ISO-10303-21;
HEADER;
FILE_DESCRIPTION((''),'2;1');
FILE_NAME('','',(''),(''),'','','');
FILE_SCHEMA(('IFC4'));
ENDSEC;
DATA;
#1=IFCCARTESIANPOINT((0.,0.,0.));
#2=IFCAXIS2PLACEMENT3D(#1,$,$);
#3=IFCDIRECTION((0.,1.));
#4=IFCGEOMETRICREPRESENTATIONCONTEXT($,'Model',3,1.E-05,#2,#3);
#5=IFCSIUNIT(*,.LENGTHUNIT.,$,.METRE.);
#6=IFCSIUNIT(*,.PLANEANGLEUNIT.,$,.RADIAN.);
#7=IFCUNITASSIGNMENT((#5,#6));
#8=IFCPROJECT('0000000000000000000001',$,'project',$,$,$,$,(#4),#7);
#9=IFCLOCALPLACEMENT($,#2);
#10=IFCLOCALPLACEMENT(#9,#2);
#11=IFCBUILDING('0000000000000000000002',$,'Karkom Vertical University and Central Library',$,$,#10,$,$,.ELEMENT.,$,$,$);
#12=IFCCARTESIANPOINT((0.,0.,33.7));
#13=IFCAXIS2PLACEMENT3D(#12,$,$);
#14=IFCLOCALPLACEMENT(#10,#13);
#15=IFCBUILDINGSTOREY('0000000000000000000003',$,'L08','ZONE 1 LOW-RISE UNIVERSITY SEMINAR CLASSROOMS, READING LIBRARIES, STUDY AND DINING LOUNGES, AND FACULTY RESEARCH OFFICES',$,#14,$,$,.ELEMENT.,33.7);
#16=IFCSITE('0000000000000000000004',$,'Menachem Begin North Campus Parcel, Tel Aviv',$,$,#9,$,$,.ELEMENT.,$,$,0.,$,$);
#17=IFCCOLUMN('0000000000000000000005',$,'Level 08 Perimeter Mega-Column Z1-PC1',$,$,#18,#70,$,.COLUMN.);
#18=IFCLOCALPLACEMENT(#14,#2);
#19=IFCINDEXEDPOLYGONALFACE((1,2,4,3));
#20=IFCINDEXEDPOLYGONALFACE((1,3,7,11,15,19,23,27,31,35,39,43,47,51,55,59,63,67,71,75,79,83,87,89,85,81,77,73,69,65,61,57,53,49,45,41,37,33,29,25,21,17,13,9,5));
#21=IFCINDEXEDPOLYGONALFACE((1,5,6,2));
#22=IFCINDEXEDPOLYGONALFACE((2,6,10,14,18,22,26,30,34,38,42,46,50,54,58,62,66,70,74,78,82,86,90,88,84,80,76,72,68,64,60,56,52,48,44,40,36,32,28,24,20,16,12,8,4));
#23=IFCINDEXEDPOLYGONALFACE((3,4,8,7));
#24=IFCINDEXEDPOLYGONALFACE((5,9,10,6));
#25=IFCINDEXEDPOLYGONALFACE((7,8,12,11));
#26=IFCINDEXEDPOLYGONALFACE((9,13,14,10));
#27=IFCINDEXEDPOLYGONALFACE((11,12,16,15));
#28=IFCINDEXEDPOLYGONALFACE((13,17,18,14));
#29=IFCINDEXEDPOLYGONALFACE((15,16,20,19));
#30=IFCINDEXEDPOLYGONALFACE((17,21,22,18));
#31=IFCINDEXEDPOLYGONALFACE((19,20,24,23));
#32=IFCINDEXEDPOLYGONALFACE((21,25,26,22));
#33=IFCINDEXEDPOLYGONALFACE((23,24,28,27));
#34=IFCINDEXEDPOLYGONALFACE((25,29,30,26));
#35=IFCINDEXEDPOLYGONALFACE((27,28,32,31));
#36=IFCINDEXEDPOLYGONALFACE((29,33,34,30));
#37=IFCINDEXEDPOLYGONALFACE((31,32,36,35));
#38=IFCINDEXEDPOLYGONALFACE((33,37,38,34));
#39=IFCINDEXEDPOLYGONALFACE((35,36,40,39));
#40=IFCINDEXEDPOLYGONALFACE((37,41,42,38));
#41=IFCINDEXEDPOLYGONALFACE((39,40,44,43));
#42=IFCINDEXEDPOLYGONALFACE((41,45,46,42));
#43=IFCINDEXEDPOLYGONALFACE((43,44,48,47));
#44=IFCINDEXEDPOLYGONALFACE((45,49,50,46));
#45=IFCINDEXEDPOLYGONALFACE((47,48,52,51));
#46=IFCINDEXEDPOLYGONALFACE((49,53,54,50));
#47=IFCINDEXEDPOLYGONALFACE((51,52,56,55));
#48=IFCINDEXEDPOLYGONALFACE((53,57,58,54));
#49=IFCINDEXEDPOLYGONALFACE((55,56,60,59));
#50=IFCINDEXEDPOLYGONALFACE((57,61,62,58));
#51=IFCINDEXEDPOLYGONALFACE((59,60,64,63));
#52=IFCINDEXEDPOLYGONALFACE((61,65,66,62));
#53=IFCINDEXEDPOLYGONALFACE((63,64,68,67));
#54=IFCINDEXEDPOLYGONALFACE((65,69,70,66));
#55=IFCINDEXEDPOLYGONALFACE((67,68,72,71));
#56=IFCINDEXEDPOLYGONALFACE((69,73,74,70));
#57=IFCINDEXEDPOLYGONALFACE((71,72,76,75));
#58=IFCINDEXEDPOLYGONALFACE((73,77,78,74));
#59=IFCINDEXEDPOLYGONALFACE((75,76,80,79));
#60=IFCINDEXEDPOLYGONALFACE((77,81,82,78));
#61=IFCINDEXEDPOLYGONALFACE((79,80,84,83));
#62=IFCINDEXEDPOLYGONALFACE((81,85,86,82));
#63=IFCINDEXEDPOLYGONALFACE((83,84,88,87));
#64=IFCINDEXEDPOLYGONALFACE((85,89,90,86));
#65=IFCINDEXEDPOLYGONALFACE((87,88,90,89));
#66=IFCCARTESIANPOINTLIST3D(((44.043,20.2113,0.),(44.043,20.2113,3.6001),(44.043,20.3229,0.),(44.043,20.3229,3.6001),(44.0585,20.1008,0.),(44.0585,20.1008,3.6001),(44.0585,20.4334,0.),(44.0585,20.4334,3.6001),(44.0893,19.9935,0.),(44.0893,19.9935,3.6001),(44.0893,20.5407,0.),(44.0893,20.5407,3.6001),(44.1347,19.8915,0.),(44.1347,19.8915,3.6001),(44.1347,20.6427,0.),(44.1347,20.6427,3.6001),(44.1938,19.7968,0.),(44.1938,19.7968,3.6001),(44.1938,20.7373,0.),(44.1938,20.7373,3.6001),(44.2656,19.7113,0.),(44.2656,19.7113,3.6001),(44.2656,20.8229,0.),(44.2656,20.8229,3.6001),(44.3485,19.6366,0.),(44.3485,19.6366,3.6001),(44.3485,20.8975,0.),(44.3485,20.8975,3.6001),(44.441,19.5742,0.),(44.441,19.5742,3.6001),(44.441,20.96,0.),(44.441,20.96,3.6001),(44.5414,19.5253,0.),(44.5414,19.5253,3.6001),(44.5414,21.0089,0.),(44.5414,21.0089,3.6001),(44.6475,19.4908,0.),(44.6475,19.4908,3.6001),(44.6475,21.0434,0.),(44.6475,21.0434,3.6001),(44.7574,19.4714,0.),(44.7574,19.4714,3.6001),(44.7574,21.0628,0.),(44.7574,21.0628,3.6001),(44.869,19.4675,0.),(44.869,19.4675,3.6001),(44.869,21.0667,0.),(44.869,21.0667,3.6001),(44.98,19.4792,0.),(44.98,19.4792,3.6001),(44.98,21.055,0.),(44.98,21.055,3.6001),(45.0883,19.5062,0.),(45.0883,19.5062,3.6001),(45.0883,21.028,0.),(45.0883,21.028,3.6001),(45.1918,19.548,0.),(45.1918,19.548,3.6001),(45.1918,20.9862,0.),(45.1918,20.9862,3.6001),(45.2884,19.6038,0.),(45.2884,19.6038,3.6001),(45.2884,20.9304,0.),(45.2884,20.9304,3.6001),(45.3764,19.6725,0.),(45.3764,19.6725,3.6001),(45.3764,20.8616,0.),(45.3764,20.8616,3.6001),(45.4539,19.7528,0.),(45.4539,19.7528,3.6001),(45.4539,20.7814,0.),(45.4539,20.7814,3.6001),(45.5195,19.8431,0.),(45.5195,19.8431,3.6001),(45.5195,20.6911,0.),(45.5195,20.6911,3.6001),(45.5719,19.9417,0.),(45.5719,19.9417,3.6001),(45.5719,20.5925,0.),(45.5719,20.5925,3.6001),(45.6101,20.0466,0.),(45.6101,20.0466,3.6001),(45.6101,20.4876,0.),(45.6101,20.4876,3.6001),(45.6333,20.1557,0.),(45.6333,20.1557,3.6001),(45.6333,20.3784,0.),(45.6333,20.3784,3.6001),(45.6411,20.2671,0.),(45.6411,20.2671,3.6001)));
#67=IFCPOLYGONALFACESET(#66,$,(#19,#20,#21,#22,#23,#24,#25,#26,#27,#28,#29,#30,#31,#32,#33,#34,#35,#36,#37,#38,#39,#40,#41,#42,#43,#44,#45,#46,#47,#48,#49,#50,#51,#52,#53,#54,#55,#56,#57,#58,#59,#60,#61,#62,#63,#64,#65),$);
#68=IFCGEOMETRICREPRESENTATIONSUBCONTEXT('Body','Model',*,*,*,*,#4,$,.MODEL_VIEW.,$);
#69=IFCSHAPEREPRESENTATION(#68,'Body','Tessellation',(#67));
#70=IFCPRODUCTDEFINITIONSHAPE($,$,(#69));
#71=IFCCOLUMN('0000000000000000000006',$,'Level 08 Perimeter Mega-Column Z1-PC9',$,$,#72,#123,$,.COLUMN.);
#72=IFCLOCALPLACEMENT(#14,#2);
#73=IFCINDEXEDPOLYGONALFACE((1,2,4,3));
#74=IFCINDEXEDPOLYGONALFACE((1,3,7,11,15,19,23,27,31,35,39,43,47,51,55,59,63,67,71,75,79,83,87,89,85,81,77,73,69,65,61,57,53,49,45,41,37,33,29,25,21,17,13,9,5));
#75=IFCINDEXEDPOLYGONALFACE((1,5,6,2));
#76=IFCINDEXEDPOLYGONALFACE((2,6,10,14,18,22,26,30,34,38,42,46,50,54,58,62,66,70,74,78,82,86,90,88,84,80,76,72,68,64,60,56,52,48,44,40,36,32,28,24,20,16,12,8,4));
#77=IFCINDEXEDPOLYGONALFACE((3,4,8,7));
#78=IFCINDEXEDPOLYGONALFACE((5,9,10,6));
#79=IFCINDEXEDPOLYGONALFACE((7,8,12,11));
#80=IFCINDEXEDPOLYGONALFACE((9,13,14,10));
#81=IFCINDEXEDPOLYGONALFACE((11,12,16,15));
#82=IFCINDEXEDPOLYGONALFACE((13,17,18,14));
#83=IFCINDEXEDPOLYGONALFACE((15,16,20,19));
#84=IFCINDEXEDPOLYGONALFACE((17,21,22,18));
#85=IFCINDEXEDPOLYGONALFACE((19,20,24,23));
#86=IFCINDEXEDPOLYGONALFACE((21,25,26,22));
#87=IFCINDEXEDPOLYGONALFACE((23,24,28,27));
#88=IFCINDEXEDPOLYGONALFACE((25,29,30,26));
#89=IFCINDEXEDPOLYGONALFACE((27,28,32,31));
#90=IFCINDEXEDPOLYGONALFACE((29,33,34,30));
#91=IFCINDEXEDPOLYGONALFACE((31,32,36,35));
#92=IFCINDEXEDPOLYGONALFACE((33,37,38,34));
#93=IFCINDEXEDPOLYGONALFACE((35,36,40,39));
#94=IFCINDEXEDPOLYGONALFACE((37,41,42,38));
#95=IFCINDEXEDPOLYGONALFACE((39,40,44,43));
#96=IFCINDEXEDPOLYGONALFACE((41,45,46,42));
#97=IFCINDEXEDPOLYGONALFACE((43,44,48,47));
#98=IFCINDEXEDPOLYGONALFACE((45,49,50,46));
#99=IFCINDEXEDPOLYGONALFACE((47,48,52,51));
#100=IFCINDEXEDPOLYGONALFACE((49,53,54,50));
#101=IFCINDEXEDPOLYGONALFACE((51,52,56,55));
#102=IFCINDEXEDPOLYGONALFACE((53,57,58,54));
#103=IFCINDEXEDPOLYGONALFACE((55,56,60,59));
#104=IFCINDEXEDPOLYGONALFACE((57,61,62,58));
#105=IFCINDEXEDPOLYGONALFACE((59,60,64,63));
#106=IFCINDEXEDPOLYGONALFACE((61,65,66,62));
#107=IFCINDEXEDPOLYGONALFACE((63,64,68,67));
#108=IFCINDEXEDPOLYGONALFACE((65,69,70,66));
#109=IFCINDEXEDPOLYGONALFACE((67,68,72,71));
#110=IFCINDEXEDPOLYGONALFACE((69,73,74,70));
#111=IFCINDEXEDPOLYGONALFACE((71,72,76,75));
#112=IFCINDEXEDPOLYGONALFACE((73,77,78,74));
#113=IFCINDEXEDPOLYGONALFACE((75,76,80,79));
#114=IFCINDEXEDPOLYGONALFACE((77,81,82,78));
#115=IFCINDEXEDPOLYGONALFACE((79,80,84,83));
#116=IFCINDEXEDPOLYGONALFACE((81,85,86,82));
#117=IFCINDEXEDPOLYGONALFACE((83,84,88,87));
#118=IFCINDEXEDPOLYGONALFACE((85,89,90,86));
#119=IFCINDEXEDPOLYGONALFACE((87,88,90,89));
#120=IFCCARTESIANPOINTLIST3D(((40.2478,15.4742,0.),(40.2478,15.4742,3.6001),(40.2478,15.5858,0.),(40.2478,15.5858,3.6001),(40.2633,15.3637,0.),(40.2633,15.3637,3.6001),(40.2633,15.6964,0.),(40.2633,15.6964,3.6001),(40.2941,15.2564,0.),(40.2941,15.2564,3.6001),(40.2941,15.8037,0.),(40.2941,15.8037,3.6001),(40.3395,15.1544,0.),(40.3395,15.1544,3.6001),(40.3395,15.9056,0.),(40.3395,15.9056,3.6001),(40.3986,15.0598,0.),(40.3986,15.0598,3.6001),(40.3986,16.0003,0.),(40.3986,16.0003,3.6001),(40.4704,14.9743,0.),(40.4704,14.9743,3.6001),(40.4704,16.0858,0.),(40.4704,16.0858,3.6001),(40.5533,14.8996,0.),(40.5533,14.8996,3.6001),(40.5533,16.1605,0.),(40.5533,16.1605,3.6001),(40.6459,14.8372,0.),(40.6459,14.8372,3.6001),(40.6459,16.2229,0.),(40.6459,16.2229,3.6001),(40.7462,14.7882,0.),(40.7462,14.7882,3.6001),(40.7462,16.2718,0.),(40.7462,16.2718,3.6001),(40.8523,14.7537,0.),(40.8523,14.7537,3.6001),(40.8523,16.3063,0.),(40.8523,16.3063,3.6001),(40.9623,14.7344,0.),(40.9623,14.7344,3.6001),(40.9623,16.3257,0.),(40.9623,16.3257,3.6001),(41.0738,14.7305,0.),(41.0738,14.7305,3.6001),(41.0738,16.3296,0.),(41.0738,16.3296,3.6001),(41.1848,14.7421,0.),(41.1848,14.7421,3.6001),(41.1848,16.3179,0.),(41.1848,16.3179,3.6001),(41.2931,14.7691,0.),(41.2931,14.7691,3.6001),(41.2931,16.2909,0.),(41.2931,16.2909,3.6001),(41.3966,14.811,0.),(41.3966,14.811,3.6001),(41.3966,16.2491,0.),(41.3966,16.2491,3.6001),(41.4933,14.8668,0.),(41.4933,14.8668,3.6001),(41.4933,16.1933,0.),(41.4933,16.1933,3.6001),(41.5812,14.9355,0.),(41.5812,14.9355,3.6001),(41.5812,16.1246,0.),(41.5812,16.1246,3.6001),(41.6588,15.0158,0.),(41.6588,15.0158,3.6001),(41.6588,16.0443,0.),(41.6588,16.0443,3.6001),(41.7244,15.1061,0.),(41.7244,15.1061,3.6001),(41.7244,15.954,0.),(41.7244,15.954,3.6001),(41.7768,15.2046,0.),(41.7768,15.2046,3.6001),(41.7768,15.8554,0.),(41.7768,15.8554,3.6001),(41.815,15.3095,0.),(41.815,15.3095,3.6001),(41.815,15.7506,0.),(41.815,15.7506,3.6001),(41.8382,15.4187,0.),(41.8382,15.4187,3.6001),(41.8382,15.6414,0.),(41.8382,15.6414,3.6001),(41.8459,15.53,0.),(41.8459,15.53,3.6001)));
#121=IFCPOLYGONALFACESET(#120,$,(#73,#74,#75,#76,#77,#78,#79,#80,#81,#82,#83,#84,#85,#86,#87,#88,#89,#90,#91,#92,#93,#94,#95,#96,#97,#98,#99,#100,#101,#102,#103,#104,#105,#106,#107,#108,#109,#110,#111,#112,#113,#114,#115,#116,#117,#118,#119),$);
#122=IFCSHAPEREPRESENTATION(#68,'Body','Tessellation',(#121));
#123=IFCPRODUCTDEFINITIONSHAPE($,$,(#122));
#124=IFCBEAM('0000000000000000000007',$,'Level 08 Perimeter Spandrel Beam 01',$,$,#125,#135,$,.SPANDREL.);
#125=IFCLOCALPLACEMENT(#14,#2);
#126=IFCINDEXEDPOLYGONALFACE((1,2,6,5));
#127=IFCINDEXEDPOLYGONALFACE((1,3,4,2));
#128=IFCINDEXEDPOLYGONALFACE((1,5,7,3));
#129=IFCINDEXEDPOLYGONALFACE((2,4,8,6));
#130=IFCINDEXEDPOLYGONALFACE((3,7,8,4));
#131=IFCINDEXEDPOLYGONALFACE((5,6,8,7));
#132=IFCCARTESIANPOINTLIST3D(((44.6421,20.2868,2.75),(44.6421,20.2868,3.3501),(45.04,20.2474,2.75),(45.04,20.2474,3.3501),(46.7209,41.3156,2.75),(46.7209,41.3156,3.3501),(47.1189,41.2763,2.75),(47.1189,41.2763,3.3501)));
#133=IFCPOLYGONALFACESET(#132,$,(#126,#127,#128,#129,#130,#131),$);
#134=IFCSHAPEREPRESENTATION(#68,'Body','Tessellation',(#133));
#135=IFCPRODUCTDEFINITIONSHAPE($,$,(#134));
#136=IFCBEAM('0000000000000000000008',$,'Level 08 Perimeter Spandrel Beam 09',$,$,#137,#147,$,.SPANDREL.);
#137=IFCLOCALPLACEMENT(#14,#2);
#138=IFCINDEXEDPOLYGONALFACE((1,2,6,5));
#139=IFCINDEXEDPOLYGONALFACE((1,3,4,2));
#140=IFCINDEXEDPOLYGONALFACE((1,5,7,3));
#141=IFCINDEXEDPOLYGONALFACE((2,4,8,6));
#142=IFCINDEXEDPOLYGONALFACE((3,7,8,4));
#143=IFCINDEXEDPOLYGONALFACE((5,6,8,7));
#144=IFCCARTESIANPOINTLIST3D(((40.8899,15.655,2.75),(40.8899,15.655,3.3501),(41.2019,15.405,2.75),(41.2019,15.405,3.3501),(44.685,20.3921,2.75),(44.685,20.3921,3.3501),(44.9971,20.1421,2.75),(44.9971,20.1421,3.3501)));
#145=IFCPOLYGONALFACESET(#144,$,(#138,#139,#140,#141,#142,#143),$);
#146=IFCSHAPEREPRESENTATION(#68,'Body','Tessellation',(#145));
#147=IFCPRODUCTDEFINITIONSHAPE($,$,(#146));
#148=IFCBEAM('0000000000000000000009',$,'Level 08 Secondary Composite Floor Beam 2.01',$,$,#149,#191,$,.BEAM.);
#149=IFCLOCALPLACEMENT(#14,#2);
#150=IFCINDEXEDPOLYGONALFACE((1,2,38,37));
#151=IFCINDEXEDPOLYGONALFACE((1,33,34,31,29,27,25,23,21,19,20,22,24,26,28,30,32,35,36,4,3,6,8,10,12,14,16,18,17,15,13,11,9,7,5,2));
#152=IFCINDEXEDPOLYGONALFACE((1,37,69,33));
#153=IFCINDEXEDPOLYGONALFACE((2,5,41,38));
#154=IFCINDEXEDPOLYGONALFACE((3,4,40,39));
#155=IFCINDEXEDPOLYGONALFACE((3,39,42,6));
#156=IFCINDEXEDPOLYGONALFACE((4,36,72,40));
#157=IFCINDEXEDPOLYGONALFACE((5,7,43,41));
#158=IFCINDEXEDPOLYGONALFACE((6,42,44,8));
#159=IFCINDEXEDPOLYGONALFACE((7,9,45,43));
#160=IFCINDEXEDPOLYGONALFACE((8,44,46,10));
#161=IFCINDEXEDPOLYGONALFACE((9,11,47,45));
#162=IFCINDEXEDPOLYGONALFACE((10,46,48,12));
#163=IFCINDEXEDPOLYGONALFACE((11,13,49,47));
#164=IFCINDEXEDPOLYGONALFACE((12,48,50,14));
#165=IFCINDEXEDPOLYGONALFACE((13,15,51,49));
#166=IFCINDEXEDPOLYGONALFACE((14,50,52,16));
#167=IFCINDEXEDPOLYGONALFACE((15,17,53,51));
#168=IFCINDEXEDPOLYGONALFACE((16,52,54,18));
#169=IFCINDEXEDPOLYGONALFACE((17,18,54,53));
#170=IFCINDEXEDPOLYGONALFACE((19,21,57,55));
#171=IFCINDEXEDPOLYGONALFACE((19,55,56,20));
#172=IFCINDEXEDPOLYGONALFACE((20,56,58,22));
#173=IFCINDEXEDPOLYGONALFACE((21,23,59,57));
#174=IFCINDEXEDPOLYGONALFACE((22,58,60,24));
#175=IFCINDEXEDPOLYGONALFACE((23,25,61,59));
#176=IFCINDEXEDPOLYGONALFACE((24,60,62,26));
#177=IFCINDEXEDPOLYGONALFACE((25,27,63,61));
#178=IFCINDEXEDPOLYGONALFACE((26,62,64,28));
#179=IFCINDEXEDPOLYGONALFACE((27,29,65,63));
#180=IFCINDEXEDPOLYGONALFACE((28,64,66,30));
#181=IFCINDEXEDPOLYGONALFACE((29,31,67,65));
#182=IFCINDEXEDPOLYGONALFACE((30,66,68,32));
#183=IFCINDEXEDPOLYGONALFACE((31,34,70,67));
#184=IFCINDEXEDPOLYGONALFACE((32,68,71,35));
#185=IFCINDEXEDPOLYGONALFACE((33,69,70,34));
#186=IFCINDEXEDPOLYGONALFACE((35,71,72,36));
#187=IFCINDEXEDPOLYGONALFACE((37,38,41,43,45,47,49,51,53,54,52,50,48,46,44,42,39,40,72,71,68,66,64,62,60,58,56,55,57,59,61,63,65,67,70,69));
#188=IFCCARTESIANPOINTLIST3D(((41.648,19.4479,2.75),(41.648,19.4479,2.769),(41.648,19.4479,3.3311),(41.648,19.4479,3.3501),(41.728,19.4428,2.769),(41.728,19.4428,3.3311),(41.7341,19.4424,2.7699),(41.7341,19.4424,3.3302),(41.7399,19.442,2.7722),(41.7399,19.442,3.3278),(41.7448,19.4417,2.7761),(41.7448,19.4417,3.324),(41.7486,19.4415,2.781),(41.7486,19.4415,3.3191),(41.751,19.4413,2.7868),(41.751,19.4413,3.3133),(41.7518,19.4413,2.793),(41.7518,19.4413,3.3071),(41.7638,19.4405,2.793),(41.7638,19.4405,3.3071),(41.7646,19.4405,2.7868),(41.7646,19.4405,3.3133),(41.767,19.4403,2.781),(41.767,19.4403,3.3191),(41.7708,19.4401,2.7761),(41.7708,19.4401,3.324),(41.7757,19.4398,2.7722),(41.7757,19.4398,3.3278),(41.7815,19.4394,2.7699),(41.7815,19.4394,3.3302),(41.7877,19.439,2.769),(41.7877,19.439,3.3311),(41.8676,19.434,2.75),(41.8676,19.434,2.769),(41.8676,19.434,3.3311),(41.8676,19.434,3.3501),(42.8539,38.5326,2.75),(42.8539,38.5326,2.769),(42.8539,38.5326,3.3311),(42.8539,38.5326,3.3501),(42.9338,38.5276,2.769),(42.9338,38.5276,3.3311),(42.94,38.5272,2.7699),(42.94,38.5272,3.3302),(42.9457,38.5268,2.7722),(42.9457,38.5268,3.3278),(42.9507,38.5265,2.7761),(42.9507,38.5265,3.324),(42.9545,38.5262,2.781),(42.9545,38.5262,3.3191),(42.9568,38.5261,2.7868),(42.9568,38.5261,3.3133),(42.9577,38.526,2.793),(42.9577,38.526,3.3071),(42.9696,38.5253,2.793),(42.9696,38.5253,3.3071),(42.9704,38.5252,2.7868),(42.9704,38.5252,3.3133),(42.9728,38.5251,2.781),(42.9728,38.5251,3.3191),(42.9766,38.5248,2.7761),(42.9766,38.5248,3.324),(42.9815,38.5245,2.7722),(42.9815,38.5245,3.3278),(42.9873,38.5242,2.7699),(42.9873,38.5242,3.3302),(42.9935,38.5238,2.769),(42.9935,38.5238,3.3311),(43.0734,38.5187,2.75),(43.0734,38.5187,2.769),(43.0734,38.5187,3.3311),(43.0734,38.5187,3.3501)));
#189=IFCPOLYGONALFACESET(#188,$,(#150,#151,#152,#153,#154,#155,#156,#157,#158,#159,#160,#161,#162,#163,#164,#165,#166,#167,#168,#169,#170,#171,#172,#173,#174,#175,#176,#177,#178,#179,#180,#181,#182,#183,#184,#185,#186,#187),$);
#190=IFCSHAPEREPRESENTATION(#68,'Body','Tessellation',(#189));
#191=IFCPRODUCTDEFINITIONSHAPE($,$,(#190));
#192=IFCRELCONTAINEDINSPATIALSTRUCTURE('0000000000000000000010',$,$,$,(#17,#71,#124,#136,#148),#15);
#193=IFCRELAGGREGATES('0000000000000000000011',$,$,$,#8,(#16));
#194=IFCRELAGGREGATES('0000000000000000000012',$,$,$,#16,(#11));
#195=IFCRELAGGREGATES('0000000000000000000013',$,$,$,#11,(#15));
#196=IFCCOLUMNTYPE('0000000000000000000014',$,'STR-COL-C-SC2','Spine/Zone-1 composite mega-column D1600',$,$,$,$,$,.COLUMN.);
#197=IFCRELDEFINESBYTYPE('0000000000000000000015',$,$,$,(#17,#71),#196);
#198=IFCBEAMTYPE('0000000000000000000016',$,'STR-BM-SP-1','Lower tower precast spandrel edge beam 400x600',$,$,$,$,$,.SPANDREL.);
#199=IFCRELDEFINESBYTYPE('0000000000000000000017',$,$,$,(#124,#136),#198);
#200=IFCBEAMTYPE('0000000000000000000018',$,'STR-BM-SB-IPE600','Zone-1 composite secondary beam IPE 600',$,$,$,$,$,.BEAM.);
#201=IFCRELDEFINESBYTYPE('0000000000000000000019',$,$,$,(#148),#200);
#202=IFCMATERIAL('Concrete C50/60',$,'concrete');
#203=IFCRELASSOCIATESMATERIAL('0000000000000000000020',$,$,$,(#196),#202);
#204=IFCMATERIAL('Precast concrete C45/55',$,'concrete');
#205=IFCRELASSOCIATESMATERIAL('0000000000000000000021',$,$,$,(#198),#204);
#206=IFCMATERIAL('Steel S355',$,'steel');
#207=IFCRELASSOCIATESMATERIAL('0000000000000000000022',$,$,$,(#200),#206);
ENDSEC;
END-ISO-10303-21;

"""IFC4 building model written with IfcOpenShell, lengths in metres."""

from ifc_helpers import new_model, si_unit, direction, frame, origin, origin_with_axes, origin_2d, place, context, subcontext, project, spatial, rectangle, circle, i_section, extrude, source, transform, mapped, material, material_profile, profile_set, type_object, element, save


model = new_model("IFC4")

# Units and contexts
model_context = context("Model", 3, precision=1e-05, world=origin(), true_north=direction((0.0, 1.0)))
body_context = subcontext(model_context, "Body", "Model", "MODEL_VIEW")
ifc_project = project(units=[si_unit("LENGTHUNIT", "METRE"), si_unit("PLANEANGLEUNIT", "RADIAN")], contexts=[model_context])

# Site, building, storey
site_placement = place(None, origin())
site = spatial("IfcSite", under=ifc_project, at=site_placement, Name="Menachem Begin North Campus Parcel, Tel Aviv", CompositionType="ELEMENT", RefElevation=0.0)
building_placement = place(site_placement, origin())
building = spatial("IfcBuilding", under=site, at=building_placement, Name="Karkom Vertical University and Central Library", CompositionType="ELEMENT")
storey_placement = place(building_placement, frame((0.0, 0.0, 33.7)))
storey = spatial("IfcBuildingStorey", under=building, at=storey_placement, Name="L08", Description="ZONE 1 LOW-RISE UNIVERSITY SEMINAR CLASSROOMS, READING LIBRARIES, STUDY AND DINING LOUNGES, AND FACULTY RESEARCH OFFICES", CompositionType="ELEMENT", Elevation=33.7)

# Columns
ifc_material_1 = material(Name="Concrete C50/60", Category="concrete")
ifc_material_profile_1 = material_profile(ifc_material_1, circle(Radius=0.8, at=origin_2d()), Name="CFT-D1600")
ifc_profile_set_1 = profile_set([ifc_material_profile_1], Name="Concrete C50/60")
column_type = type_object("IfcColumnType", Name="STR-COL-C-SC2", Description="Spine/Zone-1 composite mega-column D1600", PredefinedType="COLUMN", material=ifc_profile_set_1)
shared_shape_1 = source(origin_with_axes(), body_context, "Body", "SweptSolid", [
    extrude(circle(Radius=0.8, at=origin_2d()), origin(), (0.0, 0.0, 1.0), 3.6001),
])
for number, where, z_axis, x_axis, name in (
    (1, (44.8411, 20.2671, 0.0), (0.0, 0.0, 1.0), (1.0, 0.0, 0.0), "Level 08 Perimeter Mega-Column Z1-PC1"),
    (2, (41.0459, 15.53, 0.0), (0.0, 0.0, 1.0), (1.0, 0.0, 0.0), "Level 08 Perimeter Mega-Column Z1-PC9"),
):
    element("IfcColumn", number, at=place(storey_placement, frame(where, z_axis=z_axis, x_axis=x_axis)), inside=storey, type_object=column_type, Name=name, PredefinedType="COLUMN", context=body_context, shape_type="MappedRepresentation", body=[
        mapped(shared_shape_1, transform((0.0, 0.0, 0.0), scale=1.0)),
    ])

# Beams
ifc_material_2 = material(Name="Precast concrete C45/55", Category="concrete")
ifc_material_profile_2 = material_profile(ifc_material_2, rectangle(XDim=0.3999, YDim=0.6001, at=origin_2d()), Name="SPB-400x600")
ifc_profile_set_2 = profile_set([ifc_material_profile_2], Name="Precast concrete C45/55")
beam_type_1 = type_object("IfcBeamType", Name="STR-BM-SP-1", Description="Lower tower precast spandrel edge beam 400x600", PredefinedType="SPANDREL", material=ifc_profile_set_2)
shared_shape_2 = source(origin_with_axes(), body_context, "Body", "SweptSolid", [
    extrude(rectangle(XDim=0.3999, YDim=0.6001, at=origin_2d()), origin(), (0.0, 0.0, 1.0), 21.1313),
])
beam_1_placement = place(storey_placement, frame((44.8411, 20.2671, 3.05), z_axis=(0.098378, 0.995149, 0.0), x_axis=(-0.995149, 0.098378, 0.0)))
element("IfcBeam", 3, at=beam_1_placement, inside=storey, type_object=beam_type_1, Name="Level 08 Perimeter Spandrel Beam 01", PredefinedType="SPANDREL", context=body_context, shape_type="MappedRepresentation", body=[
    mapped(shared_shape_2, transform((0.0, 0.0, 0.0), scale=1.0)),
])
shared_shape_3 = source(origin_with_axes(), body_context, "Body", "SweptSolid", [
    extrude(rectangle(XDim=0.3999, YDim=0.6001, at=origin_2d()), origin(), (0.0, 0.0, 1.0), 6.0698),
])
beam_2_placement = place(storey_placement, frame((41.0459, 15.53, 3.05), z_axis=(0.625249, 0.780425, 0.0), x_axis=(-0.780425, 0.625249, 0.0)))
element("IfcBeam", 4, at=beam_2_placement, inside=storey, type_object=beam_type_1, Name="Level 08 Perimeter Spandrel Beam 09", PredefinedType="SPANDREL", context=body_context, shape_type="MappedRepresentation", body=[
    mapped(shared_shape_3, transform((0.0, 0.0, 0.0), scale=1.0)),
])
ifc_material_3 = material(Name="Steel S355", Category="steel")
ifc_material_profile_3 = material_profile(ifc_material_3, i_section(OverallWidth=0.22, OverallDepth=0.6001, WebThickness=0.012, FlangeThickness=0.019, FilletRadius=0.0239, at=origin_2d()), Name="IPE 600")
ifc_profile_set_3 = profile_set([ifc_material_profile_3], Name="Steel S355")
beam_type_2 = type_object("IfcBeamType", Name="STR-BM-SB-IPE600", Description="Zone-1 composite secondary beam IPE 600", PredefinedType="BEAM", material=ifc_profile_set_3)
shared_shape_4 = source(origin_with_axes(), body_context, "Body", "SweptSolid", [
    extrude(i_section(OverallWidth=0.22, OverallDepth=0.6001, WebThickness=0.012, FlangeThickness=0.019, FilletRadius=0.0239, at=origin_2d()), origin(), (0.0, 0.0, 1.0), 19.1228),
])
beam_3_placement = place(storey_placement, frame((41.7578, 19.4409, 3.05), z_axis=(0.063056, 0.99801, 0.0), x_axis=(-0.99801, 0.063056, 0.0)))
element("IfcBeam", 5, at=beam_3_placement, inside=storey, type_object=beam_type_2, Name="Level 08 Secondary Composite Floor Beam 2.01", PredefinedType="BEAM", context=body_context, shape_type="MappedRepresentation", body=[
    mapped(shared_shape_4, transform((0.0, 0.0, 0.0), scale=1.0)),
])

save(model, "model.ifc")
